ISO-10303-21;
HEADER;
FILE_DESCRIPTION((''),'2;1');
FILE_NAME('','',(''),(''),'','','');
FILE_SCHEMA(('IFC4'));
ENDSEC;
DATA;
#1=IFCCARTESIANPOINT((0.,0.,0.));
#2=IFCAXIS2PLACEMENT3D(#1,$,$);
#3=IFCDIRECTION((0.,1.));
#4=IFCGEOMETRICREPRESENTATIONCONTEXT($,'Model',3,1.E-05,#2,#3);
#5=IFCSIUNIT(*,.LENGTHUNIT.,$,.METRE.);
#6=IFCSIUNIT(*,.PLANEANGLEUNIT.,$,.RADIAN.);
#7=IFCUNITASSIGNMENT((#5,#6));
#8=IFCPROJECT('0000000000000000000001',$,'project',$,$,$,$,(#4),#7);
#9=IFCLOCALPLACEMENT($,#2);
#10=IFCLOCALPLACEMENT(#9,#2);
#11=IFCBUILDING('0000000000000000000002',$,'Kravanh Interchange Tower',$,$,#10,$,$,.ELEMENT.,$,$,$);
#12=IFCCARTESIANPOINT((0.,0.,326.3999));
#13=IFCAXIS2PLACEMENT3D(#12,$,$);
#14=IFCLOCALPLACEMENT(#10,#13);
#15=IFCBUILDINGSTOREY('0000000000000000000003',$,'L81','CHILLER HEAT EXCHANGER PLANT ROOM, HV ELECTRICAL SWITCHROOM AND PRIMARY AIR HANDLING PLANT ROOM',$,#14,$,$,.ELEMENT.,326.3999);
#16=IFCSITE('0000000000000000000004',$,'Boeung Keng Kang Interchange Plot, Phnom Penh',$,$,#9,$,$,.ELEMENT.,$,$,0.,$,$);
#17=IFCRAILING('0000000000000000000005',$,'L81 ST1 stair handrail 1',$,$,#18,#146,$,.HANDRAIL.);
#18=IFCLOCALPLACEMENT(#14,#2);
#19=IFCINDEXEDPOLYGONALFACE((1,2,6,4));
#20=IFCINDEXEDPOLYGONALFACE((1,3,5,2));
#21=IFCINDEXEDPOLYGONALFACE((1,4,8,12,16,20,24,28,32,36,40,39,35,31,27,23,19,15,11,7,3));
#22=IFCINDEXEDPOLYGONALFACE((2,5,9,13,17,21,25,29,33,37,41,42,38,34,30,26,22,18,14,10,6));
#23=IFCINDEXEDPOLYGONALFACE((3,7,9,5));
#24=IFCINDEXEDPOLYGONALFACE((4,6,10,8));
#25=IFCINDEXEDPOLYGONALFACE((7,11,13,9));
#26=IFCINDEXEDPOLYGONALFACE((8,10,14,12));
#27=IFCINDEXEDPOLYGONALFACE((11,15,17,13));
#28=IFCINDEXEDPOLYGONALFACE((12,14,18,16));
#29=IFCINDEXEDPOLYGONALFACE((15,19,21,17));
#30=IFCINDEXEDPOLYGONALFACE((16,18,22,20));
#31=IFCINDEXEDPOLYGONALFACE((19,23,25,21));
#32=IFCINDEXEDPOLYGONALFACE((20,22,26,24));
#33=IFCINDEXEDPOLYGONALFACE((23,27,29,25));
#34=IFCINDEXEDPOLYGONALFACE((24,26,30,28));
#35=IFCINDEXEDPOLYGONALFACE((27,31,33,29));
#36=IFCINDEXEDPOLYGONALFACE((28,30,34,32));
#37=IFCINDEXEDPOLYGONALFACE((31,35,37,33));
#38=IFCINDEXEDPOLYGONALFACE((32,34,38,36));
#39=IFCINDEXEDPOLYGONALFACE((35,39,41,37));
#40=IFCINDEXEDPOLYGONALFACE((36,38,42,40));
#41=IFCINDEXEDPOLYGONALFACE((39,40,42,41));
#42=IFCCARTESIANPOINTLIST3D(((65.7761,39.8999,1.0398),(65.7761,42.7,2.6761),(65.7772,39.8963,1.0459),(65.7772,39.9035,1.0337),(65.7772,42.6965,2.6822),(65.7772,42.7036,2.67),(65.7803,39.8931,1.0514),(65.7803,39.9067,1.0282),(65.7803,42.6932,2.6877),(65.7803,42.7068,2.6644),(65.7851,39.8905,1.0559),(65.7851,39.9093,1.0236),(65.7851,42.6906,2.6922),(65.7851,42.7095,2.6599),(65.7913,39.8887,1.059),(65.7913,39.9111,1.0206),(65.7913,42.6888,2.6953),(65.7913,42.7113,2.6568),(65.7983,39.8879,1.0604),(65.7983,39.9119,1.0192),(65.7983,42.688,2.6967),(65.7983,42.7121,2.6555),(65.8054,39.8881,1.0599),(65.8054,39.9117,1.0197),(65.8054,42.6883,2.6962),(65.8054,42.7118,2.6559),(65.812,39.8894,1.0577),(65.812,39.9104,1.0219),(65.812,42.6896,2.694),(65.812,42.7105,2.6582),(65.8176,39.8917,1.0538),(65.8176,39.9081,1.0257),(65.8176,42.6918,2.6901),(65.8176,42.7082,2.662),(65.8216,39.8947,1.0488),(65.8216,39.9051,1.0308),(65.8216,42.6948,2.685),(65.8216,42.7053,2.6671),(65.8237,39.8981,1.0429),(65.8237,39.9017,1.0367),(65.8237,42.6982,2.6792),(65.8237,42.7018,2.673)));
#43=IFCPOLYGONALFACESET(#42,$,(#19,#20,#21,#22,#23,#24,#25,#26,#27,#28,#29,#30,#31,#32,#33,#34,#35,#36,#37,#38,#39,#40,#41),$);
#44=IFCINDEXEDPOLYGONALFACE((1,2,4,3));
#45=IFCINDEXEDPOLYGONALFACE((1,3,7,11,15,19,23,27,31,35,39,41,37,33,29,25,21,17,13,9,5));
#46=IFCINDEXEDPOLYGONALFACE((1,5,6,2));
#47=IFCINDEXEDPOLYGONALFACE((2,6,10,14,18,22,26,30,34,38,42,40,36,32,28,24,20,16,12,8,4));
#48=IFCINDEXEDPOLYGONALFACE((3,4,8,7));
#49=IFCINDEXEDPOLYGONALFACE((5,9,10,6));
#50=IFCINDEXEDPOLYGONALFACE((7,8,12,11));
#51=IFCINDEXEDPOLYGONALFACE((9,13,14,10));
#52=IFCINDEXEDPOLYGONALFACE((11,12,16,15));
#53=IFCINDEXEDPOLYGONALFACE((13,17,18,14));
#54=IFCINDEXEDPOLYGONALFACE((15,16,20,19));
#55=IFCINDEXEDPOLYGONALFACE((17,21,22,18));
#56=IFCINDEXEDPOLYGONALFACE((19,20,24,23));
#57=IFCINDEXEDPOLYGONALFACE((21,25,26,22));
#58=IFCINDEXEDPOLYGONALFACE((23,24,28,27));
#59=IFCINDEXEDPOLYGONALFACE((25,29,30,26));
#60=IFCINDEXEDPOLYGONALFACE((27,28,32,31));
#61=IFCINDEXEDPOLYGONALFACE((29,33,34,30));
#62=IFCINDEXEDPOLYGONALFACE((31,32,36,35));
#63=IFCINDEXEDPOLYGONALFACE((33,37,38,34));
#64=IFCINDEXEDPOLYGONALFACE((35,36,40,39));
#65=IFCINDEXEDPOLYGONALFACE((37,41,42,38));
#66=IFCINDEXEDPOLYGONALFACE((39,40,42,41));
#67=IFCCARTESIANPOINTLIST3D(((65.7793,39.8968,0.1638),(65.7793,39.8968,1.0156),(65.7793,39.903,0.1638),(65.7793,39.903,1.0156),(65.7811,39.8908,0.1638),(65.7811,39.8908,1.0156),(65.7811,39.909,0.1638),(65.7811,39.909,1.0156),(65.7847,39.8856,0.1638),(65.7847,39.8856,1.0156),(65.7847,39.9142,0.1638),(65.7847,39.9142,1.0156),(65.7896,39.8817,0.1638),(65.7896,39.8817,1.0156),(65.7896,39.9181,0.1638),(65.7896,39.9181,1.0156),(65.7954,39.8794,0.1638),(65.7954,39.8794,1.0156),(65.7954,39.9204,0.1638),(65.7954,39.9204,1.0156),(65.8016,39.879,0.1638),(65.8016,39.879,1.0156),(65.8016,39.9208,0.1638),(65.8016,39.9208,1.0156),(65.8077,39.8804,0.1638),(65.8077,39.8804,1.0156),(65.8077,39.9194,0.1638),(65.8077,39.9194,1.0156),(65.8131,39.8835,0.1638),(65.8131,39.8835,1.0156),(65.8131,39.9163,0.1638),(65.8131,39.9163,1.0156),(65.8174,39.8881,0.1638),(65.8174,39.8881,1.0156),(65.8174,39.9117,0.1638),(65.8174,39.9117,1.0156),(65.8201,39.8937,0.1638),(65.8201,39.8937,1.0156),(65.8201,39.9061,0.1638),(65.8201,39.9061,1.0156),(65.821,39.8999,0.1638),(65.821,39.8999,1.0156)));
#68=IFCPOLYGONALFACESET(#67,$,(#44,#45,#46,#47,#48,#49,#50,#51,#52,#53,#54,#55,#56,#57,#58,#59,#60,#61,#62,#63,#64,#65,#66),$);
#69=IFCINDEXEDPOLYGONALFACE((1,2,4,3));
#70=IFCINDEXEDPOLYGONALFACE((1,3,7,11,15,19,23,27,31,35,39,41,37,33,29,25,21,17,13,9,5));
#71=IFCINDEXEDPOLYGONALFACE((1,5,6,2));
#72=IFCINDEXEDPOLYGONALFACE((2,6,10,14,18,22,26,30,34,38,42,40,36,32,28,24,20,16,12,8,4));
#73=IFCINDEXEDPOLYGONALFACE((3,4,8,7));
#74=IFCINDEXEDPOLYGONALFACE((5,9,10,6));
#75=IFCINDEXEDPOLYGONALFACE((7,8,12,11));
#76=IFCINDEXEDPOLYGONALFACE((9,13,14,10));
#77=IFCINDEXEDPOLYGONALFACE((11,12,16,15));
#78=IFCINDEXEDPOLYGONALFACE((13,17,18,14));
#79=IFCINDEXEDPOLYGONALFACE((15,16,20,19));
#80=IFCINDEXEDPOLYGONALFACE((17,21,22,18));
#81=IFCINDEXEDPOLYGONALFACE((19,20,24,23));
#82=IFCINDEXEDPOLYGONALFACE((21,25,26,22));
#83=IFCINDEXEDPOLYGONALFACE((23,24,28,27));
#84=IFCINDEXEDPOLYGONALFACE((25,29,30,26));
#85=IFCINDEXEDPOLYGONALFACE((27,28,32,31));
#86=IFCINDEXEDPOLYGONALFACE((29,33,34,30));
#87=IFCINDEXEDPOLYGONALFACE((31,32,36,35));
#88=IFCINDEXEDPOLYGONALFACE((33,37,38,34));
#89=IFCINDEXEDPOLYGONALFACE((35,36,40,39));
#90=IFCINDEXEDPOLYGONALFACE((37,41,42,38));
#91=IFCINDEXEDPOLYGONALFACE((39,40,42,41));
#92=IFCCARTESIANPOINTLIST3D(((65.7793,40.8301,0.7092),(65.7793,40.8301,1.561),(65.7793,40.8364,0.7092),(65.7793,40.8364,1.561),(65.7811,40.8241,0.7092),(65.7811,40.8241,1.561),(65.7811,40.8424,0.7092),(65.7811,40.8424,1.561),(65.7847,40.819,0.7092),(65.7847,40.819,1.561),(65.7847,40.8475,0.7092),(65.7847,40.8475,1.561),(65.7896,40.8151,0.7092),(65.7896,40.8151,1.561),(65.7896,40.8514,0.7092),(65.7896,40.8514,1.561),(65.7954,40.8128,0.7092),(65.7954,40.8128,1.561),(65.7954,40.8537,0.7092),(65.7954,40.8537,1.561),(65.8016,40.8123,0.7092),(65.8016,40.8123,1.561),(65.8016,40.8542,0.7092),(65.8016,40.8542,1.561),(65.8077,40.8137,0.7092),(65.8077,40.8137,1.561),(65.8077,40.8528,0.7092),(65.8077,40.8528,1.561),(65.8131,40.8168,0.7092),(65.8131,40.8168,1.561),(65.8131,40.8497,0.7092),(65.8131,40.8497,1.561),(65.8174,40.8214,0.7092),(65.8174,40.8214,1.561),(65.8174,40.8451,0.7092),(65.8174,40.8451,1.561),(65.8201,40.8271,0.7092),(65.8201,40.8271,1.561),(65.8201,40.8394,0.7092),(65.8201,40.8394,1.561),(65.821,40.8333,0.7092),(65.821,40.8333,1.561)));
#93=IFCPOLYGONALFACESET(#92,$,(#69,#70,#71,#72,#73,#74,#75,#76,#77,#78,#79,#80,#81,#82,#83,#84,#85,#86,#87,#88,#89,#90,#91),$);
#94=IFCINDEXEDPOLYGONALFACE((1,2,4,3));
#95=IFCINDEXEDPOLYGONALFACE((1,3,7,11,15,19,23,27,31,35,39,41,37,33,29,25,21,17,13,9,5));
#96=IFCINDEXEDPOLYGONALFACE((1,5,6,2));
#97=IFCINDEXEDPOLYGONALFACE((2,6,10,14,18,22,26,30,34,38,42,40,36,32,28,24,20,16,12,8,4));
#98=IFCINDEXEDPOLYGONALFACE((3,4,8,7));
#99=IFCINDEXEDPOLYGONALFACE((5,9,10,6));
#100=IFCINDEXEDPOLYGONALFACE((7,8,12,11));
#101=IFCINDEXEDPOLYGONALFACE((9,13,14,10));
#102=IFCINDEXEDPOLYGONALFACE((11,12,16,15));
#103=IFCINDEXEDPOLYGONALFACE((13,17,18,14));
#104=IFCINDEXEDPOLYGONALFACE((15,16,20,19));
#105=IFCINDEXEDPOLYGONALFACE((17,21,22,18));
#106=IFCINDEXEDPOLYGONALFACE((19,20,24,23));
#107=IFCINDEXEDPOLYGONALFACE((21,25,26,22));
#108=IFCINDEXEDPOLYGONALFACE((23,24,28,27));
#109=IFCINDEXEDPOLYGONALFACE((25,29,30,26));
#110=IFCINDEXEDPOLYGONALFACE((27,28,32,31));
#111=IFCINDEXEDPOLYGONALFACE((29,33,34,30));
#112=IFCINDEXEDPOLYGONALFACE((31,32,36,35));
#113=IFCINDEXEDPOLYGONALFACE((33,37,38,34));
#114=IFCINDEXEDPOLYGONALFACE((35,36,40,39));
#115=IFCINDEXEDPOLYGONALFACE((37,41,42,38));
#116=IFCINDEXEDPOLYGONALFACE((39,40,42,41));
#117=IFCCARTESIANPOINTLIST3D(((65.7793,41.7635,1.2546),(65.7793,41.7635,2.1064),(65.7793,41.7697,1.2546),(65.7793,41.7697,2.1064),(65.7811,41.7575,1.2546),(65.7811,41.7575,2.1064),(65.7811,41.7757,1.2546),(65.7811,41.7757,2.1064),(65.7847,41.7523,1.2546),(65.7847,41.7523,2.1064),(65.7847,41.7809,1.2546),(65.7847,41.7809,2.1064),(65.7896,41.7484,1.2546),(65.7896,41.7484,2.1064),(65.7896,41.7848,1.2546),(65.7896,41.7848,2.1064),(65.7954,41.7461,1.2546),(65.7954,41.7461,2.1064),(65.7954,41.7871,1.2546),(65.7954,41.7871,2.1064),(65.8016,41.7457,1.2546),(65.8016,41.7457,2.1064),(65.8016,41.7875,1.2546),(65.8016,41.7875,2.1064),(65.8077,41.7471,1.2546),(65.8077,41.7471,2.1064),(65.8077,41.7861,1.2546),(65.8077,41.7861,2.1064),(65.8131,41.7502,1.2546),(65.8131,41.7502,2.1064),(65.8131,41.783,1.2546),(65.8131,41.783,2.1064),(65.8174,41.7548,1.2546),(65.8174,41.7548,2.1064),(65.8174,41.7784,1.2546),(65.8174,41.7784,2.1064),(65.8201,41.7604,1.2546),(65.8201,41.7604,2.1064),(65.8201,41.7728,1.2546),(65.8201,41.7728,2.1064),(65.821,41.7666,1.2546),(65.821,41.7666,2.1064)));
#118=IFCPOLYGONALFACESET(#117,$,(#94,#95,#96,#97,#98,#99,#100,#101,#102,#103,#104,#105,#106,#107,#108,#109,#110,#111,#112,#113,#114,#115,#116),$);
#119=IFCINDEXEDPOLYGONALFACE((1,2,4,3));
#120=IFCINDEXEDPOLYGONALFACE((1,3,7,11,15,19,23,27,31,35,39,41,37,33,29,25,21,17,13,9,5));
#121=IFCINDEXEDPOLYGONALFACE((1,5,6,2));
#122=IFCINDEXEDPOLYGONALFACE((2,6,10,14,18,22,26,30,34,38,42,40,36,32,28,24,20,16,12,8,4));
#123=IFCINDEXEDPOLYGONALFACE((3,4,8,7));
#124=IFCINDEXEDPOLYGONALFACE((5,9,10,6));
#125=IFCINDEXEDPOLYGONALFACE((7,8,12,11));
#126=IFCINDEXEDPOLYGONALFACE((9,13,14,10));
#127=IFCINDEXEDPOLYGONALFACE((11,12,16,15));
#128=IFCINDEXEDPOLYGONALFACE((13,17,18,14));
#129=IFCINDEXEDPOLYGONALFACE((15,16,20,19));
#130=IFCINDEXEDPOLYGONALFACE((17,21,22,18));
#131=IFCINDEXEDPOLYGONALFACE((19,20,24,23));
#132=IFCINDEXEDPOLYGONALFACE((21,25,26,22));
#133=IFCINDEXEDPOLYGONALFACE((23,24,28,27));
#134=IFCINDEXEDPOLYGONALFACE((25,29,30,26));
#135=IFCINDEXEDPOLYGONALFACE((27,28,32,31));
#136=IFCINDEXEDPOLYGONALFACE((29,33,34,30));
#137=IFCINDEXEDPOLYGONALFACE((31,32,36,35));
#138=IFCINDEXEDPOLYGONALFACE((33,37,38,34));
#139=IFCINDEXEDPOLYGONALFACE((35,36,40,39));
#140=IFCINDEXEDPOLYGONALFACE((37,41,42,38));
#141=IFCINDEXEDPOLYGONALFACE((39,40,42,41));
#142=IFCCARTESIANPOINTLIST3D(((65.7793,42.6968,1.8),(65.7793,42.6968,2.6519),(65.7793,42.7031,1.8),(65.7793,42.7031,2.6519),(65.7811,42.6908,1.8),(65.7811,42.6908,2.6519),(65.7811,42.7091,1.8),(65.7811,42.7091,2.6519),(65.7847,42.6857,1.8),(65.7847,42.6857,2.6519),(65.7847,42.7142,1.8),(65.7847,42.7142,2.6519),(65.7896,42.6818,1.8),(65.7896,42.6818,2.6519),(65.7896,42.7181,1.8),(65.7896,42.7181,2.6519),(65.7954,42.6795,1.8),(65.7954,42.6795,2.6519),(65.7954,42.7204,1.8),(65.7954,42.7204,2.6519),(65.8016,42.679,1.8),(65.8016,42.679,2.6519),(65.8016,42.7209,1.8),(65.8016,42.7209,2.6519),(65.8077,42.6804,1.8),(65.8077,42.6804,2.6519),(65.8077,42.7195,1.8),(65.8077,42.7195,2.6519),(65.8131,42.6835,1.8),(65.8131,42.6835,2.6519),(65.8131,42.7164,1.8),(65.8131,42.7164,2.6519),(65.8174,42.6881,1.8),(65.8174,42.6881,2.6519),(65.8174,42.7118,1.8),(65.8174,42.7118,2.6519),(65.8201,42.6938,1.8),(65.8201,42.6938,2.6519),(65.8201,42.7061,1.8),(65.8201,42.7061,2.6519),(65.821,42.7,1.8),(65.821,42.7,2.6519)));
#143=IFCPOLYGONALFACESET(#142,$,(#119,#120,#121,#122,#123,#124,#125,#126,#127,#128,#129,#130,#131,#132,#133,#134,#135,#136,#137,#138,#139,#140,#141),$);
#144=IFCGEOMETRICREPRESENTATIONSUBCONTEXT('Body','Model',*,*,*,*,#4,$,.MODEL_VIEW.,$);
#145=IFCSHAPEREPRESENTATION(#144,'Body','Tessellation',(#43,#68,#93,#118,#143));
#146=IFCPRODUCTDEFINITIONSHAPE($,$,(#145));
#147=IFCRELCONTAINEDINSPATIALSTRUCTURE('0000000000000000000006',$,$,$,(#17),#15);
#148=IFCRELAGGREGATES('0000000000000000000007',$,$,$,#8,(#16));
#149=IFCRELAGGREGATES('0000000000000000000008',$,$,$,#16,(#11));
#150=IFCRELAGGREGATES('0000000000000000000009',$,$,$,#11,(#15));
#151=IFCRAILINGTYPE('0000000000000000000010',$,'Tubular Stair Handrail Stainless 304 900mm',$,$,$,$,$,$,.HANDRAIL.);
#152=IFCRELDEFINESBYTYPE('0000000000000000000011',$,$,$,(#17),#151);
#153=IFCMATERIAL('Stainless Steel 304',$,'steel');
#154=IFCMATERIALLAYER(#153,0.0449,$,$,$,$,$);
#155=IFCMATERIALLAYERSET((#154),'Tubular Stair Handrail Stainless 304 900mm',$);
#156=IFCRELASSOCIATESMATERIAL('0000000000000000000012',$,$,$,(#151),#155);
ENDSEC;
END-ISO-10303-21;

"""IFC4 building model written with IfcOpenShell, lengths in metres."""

from ifc_helpers import new_model, si_unit, direction, frame, origin, origin_2d, place, context, subcontext, project, spatial, circle, extrude, material, layer, layer_set, type_object, element, save


model = new_model("IFC4")

# Units and contexts
model_context = context("Model", 3, precision=1e-05, world=origin(), true_north=direction((0.0, 1.0)))
body_context = subcontext(model_context, "Body", "Model", "MODEL_VIEW")
ifc_project = project(units=[si_unit("LENGTHUNIT", "METRE"), si_unit("PLANEANGLEUNIT", "RADIAN")], contexts=[model_context])

# Site, building, storey
site_placement = place(None, origin())
site = spatial("IfcSite", under=ifc_project, at=site_placement, Name="Boeung Keng Kang Interchange Plot, Phnom Penh", CompositionType="ELEMENT", RefElevation=0.0)
building_placement = place(site_placement, origin())
building = spatial("IfcBuilding", under=site, at=building_placement, Name="Kravanh Interchange Tower", CompositionType="ELEMENT")
storey_placement = place(building_placement, frame((0.0, 0.0, 326.3999)))
storey = spatial("IfcBuildingStorey", under=building, at=storey_placement, Name="L81", Description="CHILLER HEAT EXCHANGER PLANT ROOM, HV ELECTRICAL SWITCHROOM AND PRIMARY AIR HANDLING PLANT ROOM", CompositionType="ELEMENT", Elevation=326.3999)

# Railing
ifc_material_1 = material(Name="Stainless Steel 304", Category="steel")
ifc_layer_1 = layer(ifc_material_1, 0.0449)
ifc_layer_set_1 = layer_set([ifc_layer_1], Name="Tubular Stair Handrail Stainless 304 900mm")
railing_type_1 = type_object("IfcRailingType", Name="Tubular Stair Handrail Stainless 304 900mm", PredefinedType="HANDRAIL", material=ifc_layer_set_1)
railing_1_placement = place(storey_placement, frame((65.8, 39.8999, 0.1638)))
element("IfcRailing", 1, at=railing_1_placement, inside=storey, type_object=railing_type_1, Name="L81 ST1 stair handrail 1", PredefinedType="HANDRAIL", context=body_context, shape_type="SweptSolid", body=[
    extrude(circle(Radius=0.0239, at=origin_2d()), frame((0.0, 0.0, 0.876), z_axis=(0.0, 0.863394, 0.504531), x_axis=(-1.0, 0.0, 0.0)), (0.0, 0.0, 1.0), 3.2432),
    extrude(circle(Radius=0.021, at=origin_2d()), origin(), (0.0, 0.0, 1.0), 0.8518),
    extrude(circle(Radius=0.021, at=origin_2d()), frame((0.0, 0.9333, 0.5454)), (0.0, 0.0, 1.0), 0.8518),
    extrude(circle(Radius=0.021, at=origin_2d()), frame((0.0, 1.8667, 1.0908)), (0.0, 0.0, 1.0), 0.8518),
    extrude(circle(Radius=0.021, at=origin_2d()), frame((0.0, 2.8, 1.6362)), (0.0, 0.0, 1.0), 0.8518),
])

save(model, "model.ifc")
